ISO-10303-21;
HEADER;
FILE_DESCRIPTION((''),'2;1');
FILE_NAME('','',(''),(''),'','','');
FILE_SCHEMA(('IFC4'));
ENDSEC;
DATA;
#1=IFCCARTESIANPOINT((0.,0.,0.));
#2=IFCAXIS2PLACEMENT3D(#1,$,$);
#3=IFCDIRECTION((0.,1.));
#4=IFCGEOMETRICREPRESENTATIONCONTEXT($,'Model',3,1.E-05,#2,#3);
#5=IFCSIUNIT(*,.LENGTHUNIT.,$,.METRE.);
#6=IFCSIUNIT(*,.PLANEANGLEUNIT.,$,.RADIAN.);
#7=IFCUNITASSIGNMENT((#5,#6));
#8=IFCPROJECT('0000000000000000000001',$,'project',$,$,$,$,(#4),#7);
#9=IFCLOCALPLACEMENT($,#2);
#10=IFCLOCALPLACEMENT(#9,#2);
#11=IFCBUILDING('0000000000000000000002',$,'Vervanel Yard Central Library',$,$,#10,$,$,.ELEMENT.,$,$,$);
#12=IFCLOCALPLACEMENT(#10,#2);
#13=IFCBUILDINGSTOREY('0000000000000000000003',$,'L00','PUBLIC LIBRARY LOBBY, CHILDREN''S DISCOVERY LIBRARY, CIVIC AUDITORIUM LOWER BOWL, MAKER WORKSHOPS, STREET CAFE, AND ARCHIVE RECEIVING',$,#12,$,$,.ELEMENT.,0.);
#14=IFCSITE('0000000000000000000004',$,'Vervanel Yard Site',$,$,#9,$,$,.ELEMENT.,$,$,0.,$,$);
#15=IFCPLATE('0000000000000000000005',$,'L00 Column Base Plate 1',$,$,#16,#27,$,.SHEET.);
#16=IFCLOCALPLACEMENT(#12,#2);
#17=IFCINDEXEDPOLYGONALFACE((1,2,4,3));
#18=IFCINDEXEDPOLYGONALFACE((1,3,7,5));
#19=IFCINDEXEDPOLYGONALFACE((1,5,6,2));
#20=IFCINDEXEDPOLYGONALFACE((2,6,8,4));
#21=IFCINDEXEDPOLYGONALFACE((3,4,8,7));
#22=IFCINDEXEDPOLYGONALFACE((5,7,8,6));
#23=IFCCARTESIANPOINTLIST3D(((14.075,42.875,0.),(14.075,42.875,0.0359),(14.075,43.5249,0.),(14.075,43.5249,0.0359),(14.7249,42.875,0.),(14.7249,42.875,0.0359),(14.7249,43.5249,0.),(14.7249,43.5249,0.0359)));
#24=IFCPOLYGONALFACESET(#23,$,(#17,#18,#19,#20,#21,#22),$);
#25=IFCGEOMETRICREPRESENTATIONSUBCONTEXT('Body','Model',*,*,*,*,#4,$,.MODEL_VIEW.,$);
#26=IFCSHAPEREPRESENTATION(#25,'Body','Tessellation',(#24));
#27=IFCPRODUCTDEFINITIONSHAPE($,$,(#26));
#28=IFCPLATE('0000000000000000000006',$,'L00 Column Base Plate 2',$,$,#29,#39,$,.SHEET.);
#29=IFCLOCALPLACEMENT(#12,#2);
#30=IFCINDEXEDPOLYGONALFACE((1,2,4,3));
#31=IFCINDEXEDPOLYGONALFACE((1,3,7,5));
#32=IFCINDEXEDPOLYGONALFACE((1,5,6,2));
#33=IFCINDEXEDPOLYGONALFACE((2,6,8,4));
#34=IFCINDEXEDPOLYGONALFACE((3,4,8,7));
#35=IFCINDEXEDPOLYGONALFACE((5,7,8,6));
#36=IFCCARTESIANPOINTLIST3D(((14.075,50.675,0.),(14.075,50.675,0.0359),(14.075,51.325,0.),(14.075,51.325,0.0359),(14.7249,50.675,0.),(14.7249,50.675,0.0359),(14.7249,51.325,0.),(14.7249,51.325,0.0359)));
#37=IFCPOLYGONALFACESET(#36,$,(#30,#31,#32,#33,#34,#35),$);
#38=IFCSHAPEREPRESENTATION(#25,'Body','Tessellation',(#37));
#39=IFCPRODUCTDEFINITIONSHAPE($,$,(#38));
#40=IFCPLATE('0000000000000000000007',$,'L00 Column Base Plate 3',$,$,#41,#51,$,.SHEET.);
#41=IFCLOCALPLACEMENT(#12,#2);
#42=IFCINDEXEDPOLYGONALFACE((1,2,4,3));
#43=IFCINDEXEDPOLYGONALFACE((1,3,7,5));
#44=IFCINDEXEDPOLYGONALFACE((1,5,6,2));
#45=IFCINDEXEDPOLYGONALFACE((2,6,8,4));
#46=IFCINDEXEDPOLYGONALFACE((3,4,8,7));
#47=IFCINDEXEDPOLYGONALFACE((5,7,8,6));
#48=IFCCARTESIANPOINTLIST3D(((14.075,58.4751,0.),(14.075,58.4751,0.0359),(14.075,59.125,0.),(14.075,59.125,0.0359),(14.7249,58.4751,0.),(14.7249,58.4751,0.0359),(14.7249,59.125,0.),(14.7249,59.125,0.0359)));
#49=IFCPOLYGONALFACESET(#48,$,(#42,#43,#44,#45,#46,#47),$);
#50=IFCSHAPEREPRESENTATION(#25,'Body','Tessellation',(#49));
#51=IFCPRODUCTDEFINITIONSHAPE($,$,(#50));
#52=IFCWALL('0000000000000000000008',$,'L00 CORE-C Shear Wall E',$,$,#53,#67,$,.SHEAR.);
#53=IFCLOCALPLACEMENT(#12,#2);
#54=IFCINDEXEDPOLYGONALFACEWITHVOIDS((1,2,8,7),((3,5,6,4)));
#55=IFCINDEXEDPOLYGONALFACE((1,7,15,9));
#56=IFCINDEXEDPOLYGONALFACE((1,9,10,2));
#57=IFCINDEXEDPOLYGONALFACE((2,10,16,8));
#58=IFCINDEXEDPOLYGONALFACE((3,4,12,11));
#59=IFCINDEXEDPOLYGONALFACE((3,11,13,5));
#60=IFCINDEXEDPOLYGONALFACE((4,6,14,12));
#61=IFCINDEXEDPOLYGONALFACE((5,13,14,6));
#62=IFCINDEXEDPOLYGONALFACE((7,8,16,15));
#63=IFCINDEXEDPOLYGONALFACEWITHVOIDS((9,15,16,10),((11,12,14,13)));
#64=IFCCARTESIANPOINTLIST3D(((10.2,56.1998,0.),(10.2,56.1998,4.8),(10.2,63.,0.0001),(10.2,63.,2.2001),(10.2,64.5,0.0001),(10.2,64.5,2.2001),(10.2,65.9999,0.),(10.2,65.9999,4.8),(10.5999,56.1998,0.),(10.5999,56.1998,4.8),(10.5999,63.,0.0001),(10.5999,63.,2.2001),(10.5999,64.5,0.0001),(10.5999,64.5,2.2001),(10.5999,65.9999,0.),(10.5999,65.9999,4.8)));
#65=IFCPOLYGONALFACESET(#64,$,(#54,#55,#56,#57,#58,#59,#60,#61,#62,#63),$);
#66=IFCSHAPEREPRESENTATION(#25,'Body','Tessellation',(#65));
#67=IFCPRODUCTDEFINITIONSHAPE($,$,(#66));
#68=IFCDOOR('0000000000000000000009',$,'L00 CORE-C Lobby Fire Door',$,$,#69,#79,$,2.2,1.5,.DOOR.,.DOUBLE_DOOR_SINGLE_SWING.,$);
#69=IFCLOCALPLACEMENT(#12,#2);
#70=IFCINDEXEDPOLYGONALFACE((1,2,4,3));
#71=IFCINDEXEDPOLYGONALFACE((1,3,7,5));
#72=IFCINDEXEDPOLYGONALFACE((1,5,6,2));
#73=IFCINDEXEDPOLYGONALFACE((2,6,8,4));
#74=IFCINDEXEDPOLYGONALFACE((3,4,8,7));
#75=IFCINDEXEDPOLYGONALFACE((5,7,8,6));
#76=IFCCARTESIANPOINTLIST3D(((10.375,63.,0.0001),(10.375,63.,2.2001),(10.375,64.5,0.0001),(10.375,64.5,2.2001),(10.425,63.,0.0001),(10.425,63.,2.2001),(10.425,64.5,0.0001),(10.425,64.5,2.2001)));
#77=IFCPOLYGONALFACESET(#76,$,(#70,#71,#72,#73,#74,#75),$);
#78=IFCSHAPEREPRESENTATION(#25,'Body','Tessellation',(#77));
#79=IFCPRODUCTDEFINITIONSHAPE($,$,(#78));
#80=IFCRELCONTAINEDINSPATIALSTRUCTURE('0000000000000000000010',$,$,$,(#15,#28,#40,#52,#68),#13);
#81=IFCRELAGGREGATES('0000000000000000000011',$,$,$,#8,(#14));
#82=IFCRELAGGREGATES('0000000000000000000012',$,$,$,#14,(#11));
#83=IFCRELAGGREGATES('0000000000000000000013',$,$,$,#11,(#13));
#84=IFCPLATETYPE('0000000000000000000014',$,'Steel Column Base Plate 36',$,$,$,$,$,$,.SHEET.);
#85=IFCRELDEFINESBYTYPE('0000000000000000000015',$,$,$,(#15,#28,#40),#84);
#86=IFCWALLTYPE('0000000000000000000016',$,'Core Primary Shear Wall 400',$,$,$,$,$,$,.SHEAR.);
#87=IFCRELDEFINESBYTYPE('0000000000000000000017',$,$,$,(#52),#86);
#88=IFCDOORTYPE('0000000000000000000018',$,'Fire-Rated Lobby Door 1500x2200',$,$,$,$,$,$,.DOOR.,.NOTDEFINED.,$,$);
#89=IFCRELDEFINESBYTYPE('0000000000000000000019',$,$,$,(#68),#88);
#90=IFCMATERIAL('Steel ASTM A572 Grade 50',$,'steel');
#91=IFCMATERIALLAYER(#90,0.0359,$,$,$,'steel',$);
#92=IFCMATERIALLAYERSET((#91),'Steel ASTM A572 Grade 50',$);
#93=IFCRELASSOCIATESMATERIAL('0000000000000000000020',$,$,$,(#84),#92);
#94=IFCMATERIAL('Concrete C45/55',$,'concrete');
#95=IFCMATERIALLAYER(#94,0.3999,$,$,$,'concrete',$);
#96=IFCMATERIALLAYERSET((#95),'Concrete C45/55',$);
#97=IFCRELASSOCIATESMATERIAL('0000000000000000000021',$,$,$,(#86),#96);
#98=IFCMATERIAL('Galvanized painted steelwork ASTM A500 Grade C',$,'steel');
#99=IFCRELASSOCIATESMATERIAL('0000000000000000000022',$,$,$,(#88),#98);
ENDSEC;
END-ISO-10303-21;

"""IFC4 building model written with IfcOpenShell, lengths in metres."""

from ifc_helpers import new_model, si_unit, direction, frame, frame_2d, origin, origin_2d, place, context, subcontext, project, spatial, rectangle, extrude, material, layer, layer_set, type_object, element, fill, save


model = new_model("IFC4")

# Units and contexts
model_context = context("Model", 3, precision=1e-05, world=origin(), true_north=direction((0.0, 1.0)))
body_context = subcontext(model_context, "Body", "Model", "MODEL_VIEW")
ifc_project = project(units=[si_unit("LENGTHUNIT", "METRE"), si_unit("PLANEANGLEUNIT", "RADIAN")], contexts=[model_context])

# Site, building, storey
site_placement = place(None, origin())
site = spatial("IfcSite", under=ifc_project, at=site_placement, Name="Vervanel Yard Site", CompositionType="ELEMENT", RefElevation=0.0)
building_placement = place(site_placement, origin())
building = spatial("IfcBuilding", under=site, at=building_placement, Name="Vervanel Yard Central Library", CompositionType="ELEMENT")
storey_placement = place(building_placement, origin())
storey = spatial("IfcBuildingStorey", under=building, at=storey_placement, Name="L00", Description="PUBLIC LIBRARY LOBBY, CHILDREN'S DISCOVERY LIBRARY, CIVIC AUDITORIUM LOWER BOWL, MAKER WORKSHOPS, STREET CAFE, AND ARCHIVE RECEIVING", CompositionType="ELEMENT", Elevation=0.0)

# Plates
ifc_material_1 = material(Name="Steel ASTM A572 Grade 50", Category="steel")
ifc_layer_1 = layer(ifc_material_1, 0.0359, Category="steel")
ifc_layer_set_1 = layer_set([ifc_layer_1], Name="Steel ASTM A572 Grade 50")
plate_type = type_object("IfcPlateType", Name="Steel Column Base Plate 36", PredefinedType="SHEET", material=ifc_layer_set_1)
for number, where, z_axis, x_axis, name in (
    (1, (14.3999, 43.2, 0.0), (0.0, 0.0, 1.0), (1.0, 0.0, 0.0), "L00 Column Base Plate 1"),
    (2, (14.3999, 51.0, 0.0), (0.0, 0.0, 1.0), (1.0, 0.0, 0.0), "L00 Column Base Plate 2"),
    (3, (14.3999, 58.8, 0.0), (0.0, 0.0, 1.0), (1.0, 0.0, 0.0), "L00 Column Base Plate 3"),
):
    element("IfcPlate", number, at=place(storey_placement, frame(where, z_axis=z_axis, x_axis=x_axis)), inside=storey, type_object=plate_type, Name=name, PredefinedType="SHEET", context=body_context, shape_type="SweptSolid", body=[
        extrude(rectangle(XDim=0.6499, YDim=0.6499, at=origin_2d()), origin(), (0.0, 0.0, 1.0), 0.0359),
    ])

# Wall, opening, door
ifc_material_2 = material(Name="Concrete C45/55", Category="concrete")
ifc_layer_2 = layer(ifc_material_2, 0.3999, Category="concrete")
ifc_layer_set_2 = layer_set([ifc_layer_2], Name="Concrete C45/55")
wall_type = type_object("IfcWallType", Name="Core Primary Shear Wall 400", PredefinedType="SHEAR", material=ifc_layer_set_2)
wall_placement = place(storey_placement, frame((10.3999, 56.2, 0.0), z_axis=(0.0, 0.0, 1.0), x_axis=(0.0, 1.0, 0.0)))
wall = element("IfcWall", 4, at=wall_placement, inside=storey, type_object=wall_type, Name="L00 CORE-C Shear Wall E", PredefinedType="SHEAR", context=body_context, shape_type="SweptSolid", body=[
    extrude(rectangle(XDim=9.8, YDim=0.3999, at=frame_2d((4.8999, 0.0))), origin(), (0.0, 0.0, 1.0), 4.8),
])
opening_placement = place(wall_placement, frame((6.8, 0.0, 0.0)))
opening = element("IfcOpeningElement", 5, at=opening_placement, cuts=wall, PredefinedType="OPENING", context=body_context, shape_type="SweptSolid", body=[
    extrude(rectangle(XDim=1.5, YDim=2.2, at=frame_2d((0.75, 1.1001))), frame((0.0, 0.21, 0.0), z_axis=(0.0, -1.0, 0.0), x_axis=(1.0, 0.0, 0.0)), (0.0, 0.0, 1.0), 0.4199),
])
ifc_material_3 = material(Name="Galvanized painted steelwork ASTM A500 Grade C", Category="steel")
door_type = type_object("IfcDoorType", Name="Fire-Rated Lobby Door 1500x2200", OperationType="NOTDEFINED", PredefinedType="DOOR", material=ifc_material_3)
door_placement = place(opening_placement, origin())
door = element("IfcDoor", 6, at=door_placement, inside=storey, type_object=door_type, Name="L00 CORE-C Lobby Fire Door", OperationType="DOUBLE_DOOR_SINGLE_SWING", OverallHeight=2.2, OverallWidth=1.5, PredefinedType="DOOR", context=body_context, shape_type="SweptSolid", body=[
    extrude(rectangle(XDim=1.5, YDim=2.2, at=frame_2d((0.75, 1.1001))), frame((0.0, 0.0249, 0.0), z_axis=(0.0, -1.0, 0.0), x_axis=(1.0, 0.0, 0.0)), (0.0, 0.0, 1.0), 0.05),
])
fill(opening, door)

save(model, "model.ifc")
